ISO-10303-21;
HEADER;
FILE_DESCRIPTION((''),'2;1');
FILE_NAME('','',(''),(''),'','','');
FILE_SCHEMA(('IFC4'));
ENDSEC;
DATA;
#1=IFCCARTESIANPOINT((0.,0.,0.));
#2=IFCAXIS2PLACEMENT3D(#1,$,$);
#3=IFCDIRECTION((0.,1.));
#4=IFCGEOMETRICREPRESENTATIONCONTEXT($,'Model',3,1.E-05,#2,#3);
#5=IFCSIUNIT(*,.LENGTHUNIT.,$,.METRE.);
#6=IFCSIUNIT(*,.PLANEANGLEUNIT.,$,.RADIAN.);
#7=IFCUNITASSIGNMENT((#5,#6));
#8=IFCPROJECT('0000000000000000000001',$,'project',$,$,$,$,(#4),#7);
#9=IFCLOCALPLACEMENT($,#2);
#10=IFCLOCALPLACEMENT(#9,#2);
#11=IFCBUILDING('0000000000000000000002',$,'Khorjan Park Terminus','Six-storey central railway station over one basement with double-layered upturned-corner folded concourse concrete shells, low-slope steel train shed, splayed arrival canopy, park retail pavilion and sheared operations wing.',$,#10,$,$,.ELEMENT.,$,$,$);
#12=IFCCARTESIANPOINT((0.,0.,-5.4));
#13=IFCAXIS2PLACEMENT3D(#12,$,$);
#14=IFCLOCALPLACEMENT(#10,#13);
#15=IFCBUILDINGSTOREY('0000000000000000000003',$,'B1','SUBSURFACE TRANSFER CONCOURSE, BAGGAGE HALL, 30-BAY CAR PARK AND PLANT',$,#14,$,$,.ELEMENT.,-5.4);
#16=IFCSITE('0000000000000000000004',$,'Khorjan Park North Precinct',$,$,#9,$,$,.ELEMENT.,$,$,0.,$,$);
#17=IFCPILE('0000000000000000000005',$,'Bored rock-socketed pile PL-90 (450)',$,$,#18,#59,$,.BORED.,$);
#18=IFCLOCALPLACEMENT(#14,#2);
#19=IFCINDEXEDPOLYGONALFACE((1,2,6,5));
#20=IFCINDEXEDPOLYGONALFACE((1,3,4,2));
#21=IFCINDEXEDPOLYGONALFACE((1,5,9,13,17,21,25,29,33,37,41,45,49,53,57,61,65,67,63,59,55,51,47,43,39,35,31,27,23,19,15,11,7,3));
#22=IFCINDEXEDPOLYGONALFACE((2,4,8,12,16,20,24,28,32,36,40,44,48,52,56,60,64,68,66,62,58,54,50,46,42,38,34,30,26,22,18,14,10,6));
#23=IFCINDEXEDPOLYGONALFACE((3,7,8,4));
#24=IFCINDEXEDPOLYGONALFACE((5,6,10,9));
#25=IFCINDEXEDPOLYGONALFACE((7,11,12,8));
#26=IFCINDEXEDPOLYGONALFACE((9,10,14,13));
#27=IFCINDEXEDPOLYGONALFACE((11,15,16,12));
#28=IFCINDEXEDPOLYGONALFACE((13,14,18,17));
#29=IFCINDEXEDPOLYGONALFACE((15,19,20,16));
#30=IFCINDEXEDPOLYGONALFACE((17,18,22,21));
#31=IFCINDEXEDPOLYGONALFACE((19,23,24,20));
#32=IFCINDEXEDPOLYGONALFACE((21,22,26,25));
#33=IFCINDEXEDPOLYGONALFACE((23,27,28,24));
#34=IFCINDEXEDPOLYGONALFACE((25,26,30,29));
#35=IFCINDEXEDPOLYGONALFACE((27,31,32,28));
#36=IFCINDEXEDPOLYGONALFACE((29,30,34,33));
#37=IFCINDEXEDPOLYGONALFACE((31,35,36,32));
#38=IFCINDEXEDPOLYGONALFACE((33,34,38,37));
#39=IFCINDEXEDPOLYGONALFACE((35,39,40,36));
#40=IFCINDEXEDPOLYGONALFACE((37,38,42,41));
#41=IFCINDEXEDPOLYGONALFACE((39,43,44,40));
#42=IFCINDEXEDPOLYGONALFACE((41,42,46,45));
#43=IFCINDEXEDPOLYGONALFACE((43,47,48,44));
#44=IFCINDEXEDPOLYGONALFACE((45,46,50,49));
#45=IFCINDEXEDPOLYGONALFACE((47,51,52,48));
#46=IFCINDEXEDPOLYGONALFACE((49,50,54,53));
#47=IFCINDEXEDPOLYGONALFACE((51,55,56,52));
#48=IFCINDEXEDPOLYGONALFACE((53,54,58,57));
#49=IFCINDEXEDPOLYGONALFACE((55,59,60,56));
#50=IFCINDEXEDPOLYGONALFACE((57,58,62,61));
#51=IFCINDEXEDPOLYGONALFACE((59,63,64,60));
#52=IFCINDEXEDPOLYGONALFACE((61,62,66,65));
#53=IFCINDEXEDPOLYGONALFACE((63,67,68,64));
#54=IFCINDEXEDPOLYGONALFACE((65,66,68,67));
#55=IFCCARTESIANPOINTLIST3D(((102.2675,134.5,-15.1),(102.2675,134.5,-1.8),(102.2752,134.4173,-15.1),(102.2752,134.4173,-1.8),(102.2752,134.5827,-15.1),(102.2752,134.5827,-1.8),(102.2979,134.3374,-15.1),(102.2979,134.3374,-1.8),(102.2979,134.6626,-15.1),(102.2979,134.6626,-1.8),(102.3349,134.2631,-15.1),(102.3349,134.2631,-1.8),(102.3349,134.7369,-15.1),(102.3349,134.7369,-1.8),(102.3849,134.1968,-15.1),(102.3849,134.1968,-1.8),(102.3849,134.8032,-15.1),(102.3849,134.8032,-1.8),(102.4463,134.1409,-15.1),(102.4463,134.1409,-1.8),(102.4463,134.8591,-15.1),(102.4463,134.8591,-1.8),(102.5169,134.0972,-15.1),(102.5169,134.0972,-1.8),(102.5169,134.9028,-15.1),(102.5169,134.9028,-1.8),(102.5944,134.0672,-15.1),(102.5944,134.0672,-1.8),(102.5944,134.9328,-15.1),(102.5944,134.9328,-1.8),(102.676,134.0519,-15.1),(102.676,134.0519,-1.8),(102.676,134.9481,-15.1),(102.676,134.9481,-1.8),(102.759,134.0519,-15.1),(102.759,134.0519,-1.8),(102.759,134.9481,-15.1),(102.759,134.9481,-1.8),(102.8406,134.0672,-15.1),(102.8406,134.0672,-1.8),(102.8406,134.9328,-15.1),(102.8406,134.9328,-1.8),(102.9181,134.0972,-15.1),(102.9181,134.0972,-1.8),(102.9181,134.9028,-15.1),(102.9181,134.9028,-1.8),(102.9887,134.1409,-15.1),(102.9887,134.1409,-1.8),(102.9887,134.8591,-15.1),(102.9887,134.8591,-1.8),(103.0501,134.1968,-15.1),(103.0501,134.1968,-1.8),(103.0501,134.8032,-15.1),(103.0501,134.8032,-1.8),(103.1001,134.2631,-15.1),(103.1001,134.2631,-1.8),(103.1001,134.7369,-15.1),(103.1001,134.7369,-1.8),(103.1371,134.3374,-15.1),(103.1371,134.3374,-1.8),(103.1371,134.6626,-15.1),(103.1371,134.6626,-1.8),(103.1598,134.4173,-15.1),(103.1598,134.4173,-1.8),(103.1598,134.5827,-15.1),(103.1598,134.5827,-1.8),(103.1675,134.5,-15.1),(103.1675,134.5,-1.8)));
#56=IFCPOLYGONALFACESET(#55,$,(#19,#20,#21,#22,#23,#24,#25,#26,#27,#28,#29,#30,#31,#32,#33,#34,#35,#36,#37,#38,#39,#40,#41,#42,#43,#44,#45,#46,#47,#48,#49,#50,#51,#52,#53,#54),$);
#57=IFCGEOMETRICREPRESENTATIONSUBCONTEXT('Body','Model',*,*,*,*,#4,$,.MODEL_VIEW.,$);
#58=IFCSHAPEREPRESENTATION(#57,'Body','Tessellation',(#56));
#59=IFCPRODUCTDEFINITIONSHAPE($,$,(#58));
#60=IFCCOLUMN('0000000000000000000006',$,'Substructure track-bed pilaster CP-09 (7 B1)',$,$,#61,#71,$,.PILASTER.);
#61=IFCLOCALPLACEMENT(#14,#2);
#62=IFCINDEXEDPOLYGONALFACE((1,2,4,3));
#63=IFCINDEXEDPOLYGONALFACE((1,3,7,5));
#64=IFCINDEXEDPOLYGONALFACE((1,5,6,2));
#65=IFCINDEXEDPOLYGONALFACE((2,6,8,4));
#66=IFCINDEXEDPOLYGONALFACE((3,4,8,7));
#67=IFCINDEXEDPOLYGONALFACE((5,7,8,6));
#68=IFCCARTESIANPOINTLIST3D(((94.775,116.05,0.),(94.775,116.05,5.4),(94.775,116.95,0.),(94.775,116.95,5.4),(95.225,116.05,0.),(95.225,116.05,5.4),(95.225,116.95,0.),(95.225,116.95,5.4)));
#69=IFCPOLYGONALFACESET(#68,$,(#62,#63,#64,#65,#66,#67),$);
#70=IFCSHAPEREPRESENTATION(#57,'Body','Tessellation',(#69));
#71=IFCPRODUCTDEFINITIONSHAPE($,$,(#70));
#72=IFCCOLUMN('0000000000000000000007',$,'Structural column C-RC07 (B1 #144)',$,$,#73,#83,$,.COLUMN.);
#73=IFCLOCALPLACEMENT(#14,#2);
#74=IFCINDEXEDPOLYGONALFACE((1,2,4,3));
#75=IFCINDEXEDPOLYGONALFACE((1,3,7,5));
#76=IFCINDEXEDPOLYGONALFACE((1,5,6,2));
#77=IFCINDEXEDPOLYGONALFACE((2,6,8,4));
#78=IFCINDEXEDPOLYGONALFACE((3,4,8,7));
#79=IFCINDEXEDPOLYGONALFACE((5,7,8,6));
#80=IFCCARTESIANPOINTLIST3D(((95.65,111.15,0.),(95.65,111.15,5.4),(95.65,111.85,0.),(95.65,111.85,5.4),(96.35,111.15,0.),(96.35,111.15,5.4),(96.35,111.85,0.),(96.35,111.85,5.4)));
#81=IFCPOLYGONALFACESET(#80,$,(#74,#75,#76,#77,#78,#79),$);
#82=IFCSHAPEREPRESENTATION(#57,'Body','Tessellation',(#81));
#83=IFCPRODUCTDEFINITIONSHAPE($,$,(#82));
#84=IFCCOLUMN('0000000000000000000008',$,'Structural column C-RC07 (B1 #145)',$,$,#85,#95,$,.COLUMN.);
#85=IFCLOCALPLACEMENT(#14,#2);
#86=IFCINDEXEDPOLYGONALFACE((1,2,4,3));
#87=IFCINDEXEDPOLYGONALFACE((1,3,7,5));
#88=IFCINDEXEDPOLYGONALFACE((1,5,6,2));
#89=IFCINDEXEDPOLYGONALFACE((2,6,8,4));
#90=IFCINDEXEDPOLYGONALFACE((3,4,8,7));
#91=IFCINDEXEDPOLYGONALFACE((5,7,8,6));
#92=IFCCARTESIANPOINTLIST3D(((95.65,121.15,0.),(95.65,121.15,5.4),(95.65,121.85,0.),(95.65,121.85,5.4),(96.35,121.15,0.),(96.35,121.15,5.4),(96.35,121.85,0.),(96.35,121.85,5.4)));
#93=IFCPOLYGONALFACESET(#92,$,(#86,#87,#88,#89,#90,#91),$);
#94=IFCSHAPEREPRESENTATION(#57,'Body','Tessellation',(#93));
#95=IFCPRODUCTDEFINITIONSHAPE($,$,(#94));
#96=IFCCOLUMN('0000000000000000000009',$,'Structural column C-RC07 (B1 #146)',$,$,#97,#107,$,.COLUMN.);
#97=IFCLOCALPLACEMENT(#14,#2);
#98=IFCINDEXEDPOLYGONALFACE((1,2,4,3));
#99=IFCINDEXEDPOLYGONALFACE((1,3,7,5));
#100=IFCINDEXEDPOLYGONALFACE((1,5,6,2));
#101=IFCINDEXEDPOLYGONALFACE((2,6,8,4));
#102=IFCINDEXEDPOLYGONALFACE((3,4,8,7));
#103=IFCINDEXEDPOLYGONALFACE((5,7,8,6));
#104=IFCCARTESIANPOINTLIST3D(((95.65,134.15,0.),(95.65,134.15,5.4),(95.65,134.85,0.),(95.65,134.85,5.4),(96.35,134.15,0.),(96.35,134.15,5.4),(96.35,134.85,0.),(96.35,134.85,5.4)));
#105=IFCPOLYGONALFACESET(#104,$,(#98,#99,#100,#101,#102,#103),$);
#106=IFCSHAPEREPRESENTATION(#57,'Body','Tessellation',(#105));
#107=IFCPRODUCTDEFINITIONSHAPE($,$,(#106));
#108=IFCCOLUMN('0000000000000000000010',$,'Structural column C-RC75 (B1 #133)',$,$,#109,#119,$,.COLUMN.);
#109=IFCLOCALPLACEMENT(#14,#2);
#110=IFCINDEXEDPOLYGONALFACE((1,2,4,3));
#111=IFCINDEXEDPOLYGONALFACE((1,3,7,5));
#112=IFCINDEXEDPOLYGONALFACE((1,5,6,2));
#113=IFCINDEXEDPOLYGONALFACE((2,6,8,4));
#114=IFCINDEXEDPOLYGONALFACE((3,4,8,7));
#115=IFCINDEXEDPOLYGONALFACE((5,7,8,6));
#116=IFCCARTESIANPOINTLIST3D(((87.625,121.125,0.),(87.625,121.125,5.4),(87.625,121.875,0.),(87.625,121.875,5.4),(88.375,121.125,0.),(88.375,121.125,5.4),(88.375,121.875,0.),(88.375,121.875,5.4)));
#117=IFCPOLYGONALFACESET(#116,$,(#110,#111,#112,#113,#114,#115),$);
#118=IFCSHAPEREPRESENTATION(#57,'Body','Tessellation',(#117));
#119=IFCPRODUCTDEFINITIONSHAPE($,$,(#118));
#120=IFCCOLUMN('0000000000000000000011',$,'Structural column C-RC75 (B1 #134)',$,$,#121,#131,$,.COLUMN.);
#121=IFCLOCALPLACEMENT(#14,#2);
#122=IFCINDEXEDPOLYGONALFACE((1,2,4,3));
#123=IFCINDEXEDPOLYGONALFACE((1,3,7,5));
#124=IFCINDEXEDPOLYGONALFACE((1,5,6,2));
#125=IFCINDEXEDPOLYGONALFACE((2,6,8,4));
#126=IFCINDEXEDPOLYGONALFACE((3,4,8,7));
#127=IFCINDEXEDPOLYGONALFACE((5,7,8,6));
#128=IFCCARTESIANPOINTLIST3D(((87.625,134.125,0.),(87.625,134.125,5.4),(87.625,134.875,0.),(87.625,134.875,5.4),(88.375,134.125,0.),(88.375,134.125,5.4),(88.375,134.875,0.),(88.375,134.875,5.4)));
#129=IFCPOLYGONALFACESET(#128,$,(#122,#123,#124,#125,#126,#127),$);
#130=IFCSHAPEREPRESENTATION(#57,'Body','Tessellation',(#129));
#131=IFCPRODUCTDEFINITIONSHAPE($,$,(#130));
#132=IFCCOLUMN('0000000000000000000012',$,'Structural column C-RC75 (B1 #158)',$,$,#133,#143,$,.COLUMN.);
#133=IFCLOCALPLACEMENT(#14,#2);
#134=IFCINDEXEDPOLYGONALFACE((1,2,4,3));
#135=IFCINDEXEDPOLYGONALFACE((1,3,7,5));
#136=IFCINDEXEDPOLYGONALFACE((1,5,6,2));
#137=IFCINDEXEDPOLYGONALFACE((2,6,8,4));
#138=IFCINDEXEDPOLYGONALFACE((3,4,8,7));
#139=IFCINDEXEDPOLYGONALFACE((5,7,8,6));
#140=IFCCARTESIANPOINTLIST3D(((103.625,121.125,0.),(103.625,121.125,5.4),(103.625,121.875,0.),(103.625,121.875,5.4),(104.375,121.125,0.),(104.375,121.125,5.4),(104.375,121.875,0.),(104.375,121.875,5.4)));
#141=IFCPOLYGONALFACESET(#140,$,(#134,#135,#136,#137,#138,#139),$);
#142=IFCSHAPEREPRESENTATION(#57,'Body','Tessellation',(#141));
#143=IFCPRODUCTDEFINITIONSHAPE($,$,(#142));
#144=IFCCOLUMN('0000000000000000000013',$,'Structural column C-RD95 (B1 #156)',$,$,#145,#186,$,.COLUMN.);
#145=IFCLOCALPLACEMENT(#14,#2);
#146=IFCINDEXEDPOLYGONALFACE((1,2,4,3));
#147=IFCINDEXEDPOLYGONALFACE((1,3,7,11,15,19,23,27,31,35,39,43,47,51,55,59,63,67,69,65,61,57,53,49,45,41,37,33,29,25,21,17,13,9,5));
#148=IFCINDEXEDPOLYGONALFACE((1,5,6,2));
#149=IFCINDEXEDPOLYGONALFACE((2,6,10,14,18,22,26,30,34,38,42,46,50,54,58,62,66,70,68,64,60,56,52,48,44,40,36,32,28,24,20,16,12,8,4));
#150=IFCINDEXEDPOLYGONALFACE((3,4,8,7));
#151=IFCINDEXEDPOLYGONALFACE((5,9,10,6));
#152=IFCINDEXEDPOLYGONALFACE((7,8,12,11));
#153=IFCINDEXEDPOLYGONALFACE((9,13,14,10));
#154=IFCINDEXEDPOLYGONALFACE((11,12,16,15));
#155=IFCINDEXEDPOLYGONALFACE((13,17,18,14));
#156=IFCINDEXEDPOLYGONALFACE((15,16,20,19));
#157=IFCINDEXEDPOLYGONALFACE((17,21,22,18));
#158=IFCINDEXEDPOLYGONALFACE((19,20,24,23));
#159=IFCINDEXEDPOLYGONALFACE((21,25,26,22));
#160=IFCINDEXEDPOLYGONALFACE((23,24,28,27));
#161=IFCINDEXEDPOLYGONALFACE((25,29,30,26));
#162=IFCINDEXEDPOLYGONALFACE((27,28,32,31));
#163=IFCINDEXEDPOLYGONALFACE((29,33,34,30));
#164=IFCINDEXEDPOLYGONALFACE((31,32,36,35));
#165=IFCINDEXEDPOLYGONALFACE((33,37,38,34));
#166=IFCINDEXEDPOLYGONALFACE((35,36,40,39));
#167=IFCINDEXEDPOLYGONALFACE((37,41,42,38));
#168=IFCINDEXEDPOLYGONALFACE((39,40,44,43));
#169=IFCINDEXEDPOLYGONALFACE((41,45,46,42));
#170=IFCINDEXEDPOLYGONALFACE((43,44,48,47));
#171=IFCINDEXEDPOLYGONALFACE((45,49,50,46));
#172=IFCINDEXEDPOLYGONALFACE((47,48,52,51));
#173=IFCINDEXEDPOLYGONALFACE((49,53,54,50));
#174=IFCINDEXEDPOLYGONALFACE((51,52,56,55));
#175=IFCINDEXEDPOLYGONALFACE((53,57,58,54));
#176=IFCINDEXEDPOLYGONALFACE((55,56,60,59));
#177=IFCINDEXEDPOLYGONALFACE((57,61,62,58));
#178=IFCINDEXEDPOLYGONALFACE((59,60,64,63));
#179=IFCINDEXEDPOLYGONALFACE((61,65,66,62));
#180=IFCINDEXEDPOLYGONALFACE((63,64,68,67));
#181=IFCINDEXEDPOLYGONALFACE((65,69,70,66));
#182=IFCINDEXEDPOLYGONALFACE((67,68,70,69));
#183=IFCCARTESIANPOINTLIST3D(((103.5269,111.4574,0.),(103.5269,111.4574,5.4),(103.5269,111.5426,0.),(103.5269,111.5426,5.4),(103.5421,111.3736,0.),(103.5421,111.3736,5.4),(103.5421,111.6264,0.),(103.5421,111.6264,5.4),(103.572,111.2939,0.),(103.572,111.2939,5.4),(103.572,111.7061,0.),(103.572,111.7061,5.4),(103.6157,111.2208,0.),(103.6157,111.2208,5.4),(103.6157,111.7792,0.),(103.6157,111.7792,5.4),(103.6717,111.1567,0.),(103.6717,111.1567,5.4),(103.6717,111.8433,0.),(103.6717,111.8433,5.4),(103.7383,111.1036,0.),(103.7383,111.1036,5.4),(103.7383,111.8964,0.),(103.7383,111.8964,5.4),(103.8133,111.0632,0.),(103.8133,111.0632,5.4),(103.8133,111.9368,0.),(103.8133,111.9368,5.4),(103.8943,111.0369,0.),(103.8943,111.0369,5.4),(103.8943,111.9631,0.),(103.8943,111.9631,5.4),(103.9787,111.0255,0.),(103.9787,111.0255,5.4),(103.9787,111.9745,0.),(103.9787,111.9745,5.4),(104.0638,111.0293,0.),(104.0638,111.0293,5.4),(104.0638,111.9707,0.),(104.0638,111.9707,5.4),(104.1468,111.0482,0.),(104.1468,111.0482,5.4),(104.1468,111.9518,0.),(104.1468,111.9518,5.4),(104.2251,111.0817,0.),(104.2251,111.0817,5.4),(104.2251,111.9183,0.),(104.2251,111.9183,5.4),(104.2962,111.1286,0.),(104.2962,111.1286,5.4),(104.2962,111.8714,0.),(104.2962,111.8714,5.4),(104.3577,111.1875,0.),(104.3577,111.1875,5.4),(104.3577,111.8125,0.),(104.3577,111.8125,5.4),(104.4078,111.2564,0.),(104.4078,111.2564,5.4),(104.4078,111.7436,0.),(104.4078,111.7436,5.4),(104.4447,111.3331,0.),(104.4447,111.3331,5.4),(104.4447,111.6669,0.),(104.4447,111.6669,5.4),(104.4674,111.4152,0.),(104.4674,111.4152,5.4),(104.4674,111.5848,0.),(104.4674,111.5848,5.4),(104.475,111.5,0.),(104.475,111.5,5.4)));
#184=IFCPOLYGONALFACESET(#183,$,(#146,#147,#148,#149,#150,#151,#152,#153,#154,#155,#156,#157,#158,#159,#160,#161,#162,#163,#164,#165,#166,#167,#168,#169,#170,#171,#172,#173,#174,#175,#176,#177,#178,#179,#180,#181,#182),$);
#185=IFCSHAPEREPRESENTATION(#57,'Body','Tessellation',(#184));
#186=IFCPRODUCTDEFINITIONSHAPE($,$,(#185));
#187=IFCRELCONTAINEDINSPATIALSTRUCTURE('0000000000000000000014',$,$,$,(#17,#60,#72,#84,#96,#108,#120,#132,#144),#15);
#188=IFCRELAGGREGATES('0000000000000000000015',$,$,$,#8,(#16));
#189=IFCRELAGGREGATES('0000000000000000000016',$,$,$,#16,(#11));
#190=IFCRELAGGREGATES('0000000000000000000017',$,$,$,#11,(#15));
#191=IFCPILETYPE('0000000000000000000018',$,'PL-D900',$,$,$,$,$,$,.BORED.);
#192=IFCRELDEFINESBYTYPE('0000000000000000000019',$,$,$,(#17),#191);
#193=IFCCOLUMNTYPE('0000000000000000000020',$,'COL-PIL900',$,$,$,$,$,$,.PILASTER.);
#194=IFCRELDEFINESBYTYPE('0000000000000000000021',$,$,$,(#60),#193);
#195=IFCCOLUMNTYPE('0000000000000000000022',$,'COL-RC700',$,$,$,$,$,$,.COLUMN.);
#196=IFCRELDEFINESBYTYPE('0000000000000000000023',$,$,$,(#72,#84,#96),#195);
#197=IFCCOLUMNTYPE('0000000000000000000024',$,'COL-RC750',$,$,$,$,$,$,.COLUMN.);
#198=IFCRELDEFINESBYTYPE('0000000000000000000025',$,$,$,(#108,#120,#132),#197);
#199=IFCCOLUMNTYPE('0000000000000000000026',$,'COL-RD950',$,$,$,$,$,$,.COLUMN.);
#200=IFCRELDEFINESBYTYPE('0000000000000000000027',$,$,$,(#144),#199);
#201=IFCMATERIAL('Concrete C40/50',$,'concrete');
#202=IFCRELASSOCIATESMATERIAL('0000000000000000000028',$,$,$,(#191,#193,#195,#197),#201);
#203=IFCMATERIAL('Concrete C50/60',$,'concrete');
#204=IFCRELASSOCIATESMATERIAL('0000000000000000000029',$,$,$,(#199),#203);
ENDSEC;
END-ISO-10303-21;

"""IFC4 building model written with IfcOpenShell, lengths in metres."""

from ifc_helpers import new_model, si_unit, direction, frame, origin, origin_2d, place, context, subcontext, project, spatial, rectangle, circle, extrude, material, material_profile, profile_set, type_object, element, save


model = new_model("IFC4")

# Units and contexts
model_context = context("Model", 3, precision=1e-05, world=origin(), true_north=direction((0.0, 1.0)))
body_context = subcontext(model_context, "Body", "Model", "MODEL_VIEW")
ifc_project = project(units=[si_unit("LENGTHUNIT", "METRE"), si_unit("PLANEANGLEUNIT", "RADIAN")], contexts=[model_context])

# Site, building, storey
site_placement = place(None, origin())
site = spatial("IfcSite", under=ifc_project, at=site_placement, Name="Khorjan Park North Precinct", CompositionType="ELEMENT", RefElevation=0.0)
building_placement = place(site_placement, origin())
building = spatial("IfcBuilding", under=site, at=building_placement, Name="Khorjan Park Terminus", Description="Six-storey central railway station over one basement with double-layered upturned-corner folded concourse concrete shells, low-slope steel train shed, splayed arrival canopy, park retail pavilion and sheared operations wing.", CompositionType="ELEMENT")
storey_placement = place(building_placement, frame((0.0, 0.0, -5.4)))
storey = spatial("IfcBuildingStorey", under=building, at=storey_placement, Name="B1", Description="SUBSURFACE TRANSFER CONCOURSE, BAGGAGE HALL, 30-BAY CAR PARK AND PLANT", CompositionType="ELEMENT", Elevation=-5.4)

# Shared definitions
ifc_material_1 = material(Name="Concrete C40/50", Category="concrete")

# Pile
ifc_material_profile_1 = material_profile(ifc_material_1, circle(Radius=0.45, at=origin_2d()), Name="BORED D900")
ifc_profile_set_1 = profile_set([ifc_material_profile_1], Name="Concrete C40/50")
pile_type = type_object("IfcPileType", Name="PL-D900", PredefinedType="BORED", material=ifc_profile_set_1)
pile_1_placement = place(storey_placement, frame((102.7175, 134.5, -1.8), z_axis=(0.0, 0.0, -1.0), x_axis=(1.0, 0.0, 0.0)))
element("IfcPile", 1, at=pile_1_placement, inside=storey, type_object=pile_type, Name="Bored rock-socketed pile PL-90 (450)", PredefinedType="BORED", context=body_context, shape_type="SweptSolid", body=[
    extrude(circle(Radius=0.45, at=origin_2d()), origin(), (0.0, 0.0, 1.0), 13.3),
])

# Columns
ifc_material_profile_2 = material_profile(ifc_material_1, rectangle(XDim=0.45, YDim=0.9, at=origin_2d()), Name="RC 450x900")
ifc_profile_set_2 = profile_set([ifc_material_profile_2], Name="Concrete C40/50")
column_type_1 = type_object("IfcColumnType", Name="COL-PIL900", PredefinedType="PILASTER", material=ifc_profile_set_2)
column_placement = place(storey_placement, frame((95.0, 116.5, 0.0), z_axis=(0.0, 0.0, 1.0), x_axis=(1.0, 0.0, 0.0)))
element("IfcColumn", 2, at=column_placement, inside=storey, type_object=column_type_1, Name="Substructure track-bed pilaster CP-09 (7 B1)", PredefinedType="PILASTER", context=body_context, shape_type="SweptSolid", body=[
    extrude(rectangle(XDim=0.45, YDim=0.9, at=origin_2d()), origin(), (0.0, 0.0, 1.0), 5.4),
])
ifc_material_profile_3 = material_profile(ifc_material_1, rectangle(XDim=0.7, YDim=0.7, at=origin_2d()), Name="RC 700x700")
ifc_profile_set_3 = profile_set([ifc_material_profile_3], Name="Concrete C40/50")
column_type_2 = type_object("IfcColumnType", Name="COL-RC700", PredefinedType="COLUMN", material=ifc_profile_set_3)
for number, where, z_axis, x_axis, name in (
    (3, (96.0, 111.5, 0.0), (0.0, 0.0, 1.0), (1.0, 0.0, 0.0), "Structural column C-RC07 (B1 #144)"),
    (4, (96.0, 121.5, 0.0), (0.0, 0.0, 1.0), (1.0, 0.0, 0.0), "Structural column C-RC07 (B1 #145)"),
    (5, (96.0, 134.5, 0.0), (0.0, 0.0, 1.0), (1.0, 0.0, 0.0), "Structural column C-RC07 (B1 #146)"),
):
    element("IfcColumn", number, at=place(storey_placement, frame(where, z_axis=z_axis, x_axis=x_axis)), inside=storey, type_object=column_type_2, Name=name, PredefinedType="COLUMN", context=body_context, shape_type="SweptSolid", body=[
        extrude(rectangle(XDim=0.7, YDim=0.7, at=origin_2d()), origin(), (0.0, 0.0, 1.0), 5.4),
    ])
ifc_material_profile_4 = material_profile(ifc_material_1, rectangle(XDim=0.75, YDim=0.75, at=origin_2d()), Name="RC 750x750")
ifc_profile_set_4 = profile_set([ifc_material_profile_4], Name="Concrete C40/50")
column_type_3 = type_object("IfcColumnType", Name="COL-RC750", PredefinedType="COLUMN", material=ifc_profile_set_4)
for number, where, z_axis, x_axis, name in (
    (6, (88.0, 121.5, 0.0), (0.0, 0.0, 1.0), (1.0, 0.0, 0.0), "Structural column C-RC75 (B1 #133)"),
    (7, (88.0, 134.5, 0.0), (0.0, 0.0, 1.0), (1.0, 0.0, 0.0), "Structural column C-RC75 (B1 #134)"),
    (8, (104.0, 121.5, 0.0), (0.0, 0.0, 1.0), (1.0, 0.0, 0.0), "Structural column C-RC75 (B1 #158)"),
):
    element("IfcColumn", number, at=place(storey_placement, frame(where, z_axis=z_axis, x_axis=x_axis)), inside=storey, type_object=column_type_3, Name=name, PredefinedType="COLUMN", context=body_context, shape_type="SweptSolid", body=[
        extrude(rectangle(XDim=0.75, YDim=0.75, at=origin_2d()), origin(), (0.0, 0.0, 1.0), 5.4),
    ])
ifc_material_2 = material(Name="Concrete C50/60", Category="concrete")
ifc_material_profile_5 = material_profile(ifc_material_2, circle(Radius=0.475, at=origin_2d()), Name="RC D950")
ifc_profile_set_5 = profile_set([ifc_material_profile_5], Name="Concrete C50/60")
column_type_4 = type_object("IfcColumnType", Name="COL-RD950", PredefinedType="COLUMN", material=ifc_profile_set_5)
for number, where, z_axis, x_axis, name in (
    (9, (104.0, 111.5, 0.0), (0.0, 0.0, 1.0), (1.0, 0.0, 0.0), "Structural column C-RD95 (B1 #156)"),
):
    element("IfcColumn", number, at=place(storey_placement, frame(where, z_axis=z_axis, x_axis=x_axis)), inside=storey, type_object=column_type_4, Name=name, PredefinedType="COLUMN", context=body_context, shape_type="SweptSolid", body=[
        extrude(circle(Radius=0.475, at=origin_2d()), origin(), (0.0, 0.0, 1.0), 5.4),
    ])

save(model, "model.ifc")
